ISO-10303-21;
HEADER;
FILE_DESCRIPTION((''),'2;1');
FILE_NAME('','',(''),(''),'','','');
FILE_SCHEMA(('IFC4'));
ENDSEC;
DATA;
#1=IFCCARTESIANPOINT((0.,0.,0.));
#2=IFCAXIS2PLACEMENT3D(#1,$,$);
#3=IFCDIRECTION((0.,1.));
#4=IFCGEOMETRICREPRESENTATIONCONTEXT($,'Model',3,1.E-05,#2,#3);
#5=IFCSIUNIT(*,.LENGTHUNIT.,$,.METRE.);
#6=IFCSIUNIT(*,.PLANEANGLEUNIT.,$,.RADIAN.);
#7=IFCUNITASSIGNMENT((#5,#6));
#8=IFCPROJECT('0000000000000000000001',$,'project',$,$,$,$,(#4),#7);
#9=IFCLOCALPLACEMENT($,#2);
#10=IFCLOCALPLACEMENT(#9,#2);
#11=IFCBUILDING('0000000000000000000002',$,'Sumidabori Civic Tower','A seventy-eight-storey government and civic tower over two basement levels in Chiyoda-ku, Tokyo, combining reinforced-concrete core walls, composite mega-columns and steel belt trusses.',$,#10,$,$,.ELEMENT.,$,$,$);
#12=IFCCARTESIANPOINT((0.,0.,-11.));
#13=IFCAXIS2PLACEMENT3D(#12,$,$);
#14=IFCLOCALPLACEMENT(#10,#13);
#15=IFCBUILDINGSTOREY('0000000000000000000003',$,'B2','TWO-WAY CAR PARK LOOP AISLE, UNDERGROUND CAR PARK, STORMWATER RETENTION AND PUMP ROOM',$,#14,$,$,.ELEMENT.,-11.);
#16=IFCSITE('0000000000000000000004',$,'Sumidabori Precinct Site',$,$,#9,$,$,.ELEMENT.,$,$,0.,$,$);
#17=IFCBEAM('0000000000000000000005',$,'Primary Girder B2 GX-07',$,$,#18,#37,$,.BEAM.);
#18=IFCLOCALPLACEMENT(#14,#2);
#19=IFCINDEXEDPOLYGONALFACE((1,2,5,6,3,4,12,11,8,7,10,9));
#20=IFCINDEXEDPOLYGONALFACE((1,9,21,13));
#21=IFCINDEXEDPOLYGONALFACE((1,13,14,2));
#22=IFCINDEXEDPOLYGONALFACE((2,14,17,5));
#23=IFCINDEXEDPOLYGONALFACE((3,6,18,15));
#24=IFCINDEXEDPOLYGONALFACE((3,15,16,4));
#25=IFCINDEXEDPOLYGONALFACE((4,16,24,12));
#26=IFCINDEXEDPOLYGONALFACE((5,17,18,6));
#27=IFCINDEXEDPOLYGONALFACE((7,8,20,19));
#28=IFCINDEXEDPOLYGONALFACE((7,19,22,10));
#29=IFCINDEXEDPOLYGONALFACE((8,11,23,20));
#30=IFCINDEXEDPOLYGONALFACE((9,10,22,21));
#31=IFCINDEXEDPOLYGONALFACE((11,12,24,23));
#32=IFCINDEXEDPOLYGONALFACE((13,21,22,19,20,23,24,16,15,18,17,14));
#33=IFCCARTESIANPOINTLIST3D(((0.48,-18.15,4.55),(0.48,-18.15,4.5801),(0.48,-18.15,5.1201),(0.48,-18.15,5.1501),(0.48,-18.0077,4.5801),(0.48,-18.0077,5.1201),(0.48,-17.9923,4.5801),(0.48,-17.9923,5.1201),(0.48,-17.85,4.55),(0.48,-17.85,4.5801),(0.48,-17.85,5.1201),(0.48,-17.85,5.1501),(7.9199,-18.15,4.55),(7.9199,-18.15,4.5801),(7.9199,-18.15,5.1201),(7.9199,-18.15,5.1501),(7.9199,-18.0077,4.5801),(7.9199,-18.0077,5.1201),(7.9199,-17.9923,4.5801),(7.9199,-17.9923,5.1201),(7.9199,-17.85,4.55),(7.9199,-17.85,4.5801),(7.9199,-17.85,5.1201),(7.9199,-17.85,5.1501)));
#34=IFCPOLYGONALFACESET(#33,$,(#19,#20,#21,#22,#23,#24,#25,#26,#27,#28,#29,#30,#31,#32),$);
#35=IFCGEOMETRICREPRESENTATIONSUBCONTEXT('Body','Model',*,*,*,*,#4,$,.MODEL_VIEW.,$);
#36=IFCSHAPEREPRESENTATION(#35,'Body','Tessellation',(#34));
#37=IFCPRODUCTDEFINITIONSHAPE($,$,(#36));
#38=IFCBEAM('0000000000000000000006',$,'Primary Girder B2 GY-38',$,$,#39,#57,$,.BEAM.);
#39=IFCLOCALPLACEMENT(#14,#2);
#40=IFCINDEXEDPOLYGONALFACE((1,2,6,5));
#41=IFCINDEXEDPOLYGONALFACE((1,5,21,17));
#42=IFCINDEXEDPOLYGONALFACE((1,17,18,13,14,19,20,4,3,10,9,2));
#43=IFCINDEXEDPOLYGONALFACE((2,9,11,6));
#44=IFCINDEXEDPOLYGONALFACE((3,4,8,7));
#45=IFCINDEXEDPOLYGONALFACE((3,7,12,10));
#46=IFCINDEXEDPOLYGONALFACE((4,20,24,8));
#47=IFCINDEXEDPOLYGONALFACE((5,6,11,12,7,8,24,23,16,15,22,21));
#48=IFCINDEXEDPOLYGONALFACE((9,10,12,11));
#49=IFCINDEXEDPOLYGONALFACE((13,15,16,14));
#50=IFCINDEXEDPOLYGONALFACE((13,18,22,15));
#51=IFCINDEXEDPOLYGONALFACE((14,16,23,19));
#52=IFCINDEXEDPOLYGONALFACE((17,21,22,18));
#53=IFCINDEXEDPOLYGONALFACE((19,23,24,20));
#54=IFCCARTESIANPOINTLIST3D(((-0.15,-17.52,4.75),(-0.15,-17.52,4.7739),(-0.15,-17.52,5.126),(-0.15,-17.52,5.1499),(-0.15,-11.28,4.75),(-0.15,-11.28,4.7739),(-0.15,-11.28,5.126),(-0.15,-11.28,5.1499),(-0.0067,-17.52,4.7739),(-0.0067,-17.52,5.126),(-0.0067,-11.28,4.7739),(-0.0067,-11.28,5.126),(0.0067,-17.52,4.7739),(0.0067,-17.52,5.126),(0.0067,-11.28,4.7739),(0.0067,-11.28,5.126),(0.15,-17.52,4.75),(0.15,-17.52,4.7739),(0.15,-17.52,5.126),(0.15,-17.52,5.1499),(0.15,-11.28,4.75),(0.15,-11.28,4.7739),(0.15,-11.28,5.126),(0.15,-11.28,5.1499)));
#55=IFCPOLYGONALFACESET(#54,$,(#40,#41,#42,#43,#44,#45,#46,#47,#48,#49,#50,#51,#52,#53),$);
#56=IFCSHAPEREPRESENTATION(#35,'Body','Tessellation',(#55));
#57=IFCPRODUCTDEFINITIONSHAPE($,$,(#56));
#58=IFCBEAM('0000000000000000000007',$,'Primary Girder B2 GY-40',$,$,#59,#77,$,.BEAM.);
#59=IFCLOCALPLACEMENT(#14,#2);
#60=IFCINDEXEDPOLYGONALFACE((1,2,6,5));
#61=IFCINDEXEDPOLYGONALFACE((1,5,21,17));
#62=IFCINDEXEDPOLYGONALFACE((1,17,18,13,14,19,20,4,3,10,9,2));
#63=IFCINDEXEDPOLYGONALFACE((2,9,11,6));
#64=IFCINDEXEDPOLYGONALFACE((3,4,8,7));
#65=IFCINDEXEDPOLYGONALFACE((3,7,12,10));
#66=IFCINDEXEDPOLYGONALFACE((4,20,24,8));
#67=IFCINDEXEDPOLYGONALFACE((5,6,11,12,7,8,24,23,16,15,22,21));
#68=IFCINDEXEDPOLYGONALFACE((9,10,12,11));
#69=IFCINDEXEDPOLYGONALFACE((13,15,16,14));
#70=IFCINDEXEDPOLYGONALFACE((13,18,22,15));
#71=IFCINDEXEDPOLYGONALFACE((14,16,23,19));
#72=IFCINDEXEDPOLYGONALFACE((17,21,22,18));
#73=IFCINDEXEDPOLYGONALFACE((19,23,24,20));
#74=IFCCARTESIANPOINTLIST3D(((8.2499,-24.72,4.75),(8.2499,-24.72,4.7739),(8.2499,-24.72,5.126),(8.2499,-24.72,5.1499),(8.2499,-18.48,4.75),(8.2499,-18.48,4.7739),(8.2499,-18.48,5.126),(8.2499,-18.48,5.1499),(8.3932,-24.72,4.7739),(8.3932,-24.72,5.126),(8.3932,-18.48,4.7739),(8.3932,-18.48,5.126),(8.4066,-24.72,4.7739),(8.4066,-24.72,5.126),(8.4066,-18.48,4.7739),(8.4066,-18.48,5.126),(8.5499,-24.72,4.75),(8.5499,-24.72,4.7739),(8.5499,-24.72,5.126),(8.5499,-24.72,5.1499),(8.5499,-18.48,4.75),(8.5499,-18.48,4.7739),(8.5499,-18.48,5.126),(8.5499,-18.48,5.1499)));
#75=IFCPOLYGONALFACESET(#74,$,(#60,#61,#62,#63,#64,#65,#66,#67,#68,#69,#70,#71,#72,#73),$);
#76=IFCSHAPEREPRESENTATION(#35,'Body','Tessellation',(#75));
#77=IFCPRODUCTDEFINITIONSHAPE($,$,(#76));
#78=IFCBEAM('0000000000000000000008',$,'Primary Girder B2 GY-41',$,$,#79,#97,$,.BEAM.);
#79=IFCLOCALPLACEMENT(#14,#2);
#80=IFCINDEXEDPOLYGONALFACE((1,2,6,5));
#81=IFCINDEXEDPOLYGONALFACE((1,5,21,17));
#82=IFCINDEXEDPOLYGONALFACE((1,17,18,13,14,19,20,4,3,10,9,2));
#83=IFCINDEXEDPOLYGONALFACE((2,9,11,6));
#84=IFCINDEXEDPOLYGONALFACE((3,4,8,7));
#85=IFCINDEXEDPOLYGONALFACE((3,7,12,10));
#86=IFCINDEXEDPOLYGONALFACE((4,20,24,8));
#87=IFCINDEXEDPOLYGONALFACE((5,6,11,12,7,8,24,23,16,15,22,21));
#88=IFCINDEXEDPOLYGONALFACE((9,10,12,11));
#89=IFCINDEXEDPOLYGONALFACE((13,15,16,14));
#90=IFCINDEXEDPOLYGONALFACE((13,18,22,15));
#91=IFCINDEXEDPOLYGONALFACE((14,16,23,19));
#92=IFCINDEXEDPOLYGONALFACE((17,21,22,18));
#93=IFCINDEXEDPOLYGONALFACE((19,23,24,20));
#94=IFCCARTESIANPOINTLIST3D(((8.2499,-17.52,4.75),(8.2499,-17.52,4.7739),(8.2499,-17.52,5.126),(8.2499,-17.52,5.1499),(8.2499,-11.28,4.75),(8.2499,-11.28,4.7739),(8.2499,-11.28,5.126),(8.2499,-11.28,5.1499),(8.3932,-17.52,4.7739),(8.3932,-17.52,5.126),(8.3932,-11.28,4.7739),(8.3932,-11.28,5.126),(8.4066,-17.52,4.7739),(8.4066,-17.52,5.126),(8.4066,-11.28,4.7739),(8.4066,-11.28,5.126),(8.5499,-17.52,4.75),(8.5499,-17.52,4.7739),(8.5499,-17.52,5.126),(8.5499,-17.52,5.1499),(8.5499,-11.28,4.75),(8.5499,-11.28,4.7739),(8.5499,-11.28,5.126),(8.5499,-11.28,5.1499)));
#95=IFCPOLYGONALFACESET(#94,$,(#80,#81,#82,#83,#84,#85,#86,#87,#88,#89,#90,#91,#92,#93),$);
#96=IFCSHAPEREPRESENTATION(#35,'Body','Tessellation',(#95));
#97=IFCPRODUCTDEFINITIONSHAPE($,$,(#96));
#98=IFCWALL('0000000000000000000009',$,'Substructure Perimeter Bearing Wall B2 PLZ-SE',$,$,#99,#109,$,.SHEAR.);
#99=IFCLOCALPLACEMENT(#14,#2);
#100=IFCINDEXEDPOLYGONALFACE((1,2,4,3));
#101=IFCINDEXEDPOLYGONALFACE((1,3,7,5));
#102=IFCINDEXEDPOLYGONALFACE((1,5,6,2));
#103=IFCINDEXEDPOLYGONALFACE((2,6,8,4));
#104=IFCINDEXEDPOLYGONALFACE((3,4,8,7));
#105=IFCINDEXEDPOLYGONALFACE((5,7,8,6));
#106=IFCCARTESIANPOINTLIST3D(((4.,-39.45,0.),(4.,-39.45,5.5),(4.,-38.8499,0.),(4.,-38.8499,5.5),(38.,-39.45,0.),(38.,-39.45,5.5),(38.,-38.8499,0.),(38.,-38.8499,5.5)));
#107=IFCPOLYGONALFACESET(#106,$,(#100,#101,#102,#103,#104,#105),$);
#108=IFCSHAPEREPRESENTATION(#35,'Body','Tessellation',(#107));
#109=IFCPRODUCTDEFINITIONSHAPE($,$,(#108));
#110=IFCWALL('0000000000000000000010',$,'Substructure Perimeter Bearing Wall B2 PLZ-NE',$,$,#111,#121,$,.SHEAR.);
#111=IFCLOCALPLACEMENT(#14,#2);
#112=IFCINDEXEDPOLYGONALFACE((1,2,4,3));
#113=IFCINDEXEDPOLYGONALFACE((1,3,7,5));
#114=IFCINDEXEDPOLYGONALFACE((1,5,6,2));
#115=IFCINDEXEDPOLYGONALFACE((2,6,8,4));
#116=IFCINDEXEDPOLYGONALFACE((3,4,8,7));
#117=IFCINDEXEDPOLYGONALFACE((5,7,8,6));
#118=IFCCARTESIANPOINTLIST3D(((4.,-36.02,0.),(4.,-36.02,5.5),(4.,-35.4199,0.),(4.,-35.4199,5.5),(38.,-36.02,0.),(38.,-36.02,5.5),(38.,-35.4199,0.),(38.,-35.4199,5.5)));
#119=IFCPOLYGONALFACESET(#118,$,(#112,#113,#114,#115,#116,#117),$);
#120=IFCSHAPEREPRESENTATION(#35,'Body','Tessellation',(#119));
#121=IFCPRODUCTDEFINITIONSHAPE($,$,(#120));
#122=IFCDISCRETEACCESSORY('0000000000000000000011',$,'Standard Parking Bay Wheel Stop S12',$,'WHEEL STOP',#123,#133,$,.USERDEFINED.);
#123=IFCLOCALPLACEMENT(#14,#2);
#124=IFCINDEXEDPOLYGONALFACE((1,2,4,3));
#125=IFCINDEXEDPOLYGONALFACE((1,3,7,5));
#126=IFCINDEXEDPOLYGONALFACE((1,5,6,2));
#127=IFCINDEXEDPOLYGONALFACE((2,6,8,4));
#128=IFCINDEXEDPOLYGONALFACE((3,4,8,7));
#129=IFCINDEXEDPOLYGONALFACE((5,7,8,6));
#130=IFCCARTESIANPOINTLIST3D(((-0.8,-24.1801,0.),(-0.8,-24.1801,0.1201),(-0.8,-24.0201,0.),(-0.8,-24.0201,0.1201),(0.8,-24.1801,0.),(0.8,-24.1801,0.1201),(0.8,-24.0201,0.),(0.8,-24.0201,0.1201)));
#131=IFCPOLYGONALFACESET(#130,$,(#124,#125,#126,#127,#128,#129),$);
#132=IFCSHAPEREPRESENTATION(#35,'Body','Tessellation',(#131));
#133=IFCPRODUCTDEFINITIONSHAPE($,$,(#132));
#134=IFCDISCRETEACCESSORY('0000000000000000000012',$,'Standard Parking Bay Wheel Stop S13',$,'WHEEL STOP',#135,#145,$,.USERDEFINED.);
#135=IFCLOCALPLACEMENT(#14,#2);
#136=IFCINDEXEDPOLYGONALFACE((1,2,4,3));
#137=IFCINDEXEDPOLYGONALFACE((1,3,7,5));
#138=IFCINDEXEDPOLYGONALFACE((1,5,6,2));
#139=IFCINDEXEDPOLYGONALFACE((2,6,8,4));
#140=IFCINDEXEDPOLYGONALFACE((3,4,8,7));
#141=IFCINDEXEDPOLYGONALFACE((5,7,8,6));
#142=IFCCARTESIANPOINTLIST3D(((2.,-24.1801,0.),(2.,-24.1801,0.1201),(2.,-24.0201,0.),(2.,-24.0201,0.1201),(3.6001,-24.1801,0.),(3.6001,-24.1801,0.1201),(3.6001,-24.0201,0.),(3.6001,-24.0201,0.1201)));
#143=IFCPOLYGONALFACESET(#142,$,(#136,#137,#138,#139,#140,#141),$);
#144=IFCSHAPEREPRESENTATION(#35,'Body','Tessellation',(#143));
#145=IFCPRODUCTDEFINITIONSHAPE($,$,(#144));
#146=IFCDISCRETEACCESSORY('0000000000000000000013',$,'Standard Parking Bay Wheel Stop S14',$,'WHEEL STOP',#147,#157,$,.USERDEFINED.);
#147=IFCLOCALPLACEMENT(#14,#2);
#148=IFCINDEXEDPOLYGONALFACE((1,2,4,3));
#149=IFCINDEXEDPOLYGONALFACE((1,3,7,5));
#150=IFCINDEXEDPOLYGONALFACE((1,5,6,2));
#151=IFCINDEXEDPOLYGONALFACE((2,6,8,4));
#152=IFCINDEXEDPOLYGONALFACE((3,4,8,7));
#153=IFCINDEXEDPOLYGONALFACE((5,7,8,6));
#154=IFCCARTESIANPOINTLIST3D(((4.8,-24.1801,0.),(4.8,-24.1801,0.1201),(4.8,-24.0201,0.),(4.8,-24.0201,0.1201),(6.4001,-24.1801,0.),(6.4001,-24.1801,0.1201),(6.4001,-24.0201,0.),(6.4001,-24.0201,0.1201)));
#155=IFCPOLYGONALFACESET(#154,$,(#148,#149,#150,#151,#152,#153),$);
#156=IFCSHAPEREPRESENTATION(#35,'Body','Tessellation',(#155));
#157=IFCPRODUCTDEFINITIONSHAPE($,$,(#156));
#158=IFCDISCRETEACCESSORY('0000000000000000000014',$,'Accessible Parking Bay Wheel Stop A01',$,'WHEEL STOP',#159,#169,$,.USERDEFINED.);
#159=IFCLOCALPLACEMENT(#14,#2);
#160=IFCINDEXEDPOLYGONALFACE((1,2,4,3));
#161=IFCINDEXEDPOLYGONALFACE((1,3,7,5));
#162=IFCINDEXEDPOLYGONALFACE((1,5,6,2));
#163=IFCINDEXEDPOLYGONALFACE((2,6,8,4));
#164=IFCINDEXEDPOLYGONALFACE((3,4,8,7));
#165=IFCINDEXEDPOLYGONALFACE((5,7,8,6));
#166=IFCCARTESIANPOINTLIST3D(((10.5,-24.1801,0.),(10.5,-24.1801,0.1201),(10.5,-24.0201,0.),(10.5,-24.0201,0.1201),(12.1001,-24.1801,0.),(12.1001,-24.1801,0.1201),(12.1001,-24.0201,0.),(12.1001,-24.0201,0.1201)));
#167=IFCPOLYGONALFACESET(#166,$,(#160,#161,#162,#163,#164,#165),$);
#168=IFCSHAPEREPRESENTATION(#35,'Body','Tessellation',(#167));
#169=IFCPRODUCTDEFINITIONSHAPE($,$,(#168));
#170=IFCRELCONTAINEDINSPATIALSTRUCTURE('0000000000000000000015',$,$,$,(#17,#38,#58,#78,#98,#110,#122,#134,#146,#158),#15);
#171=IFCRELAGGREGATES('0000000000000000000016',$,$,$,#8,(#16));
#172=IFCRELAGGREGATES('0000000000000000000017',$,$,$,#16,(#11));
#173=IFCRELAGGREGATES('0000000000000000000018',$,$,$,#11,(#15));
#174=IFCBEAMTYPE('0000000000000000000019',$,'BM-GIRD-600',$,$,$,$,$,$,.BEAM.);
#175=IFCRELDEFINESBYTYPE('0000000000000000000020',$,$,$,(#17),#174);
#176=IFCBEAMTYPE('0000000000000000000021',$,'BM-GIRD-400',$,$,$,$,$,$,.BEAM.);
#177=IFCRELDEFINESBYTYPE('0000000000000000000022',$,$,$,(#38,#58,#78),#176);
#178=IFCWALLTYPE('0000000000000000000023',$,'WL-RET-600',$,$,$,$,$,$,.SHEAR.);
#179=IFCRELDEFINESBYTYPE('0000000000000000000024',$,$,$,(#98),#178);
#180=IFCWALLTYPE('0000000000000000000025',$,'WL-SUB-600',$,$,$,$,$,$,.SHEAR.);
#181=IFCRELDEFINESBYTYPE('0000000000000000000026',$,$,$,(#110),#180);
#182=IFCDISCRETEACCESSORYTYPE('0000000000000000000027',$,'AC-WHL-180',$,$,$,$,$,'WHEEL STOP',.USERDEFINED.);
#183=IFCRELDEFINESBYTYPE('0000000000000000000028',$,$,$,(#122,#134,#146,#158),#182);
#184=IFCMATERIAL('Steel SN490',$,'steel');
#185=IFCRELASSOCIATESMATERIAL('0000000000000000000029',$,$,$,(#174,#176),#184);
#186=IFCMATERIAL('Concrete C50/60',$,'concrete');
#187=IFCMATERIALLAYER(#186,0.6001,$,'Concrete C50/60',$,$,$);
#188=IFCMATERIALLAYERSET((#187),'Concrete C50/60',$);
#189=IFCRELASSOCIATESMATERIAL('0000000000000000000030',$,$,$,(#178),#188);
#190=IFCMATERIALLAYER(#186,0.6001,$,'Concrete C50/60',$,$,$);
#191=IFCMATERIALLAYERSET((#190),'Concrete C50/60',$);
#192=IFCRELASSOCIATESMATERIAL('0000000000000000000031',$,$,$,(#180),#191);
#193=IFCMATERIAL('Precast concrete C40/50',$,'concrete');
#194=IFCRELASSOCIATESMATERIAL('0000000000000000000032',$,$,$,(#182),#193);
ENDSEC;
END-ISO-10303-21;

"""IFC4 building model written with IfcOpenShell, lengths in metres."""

from ifc_helpers import new_model, si_unit, direction, frame, frame_2d, origin, origin_2d, place, context, subcontext, project, spatial, rectangle, i_section, extrude, source, transform, mapped, material, layer, layer_set, material_profile, profile_set, type_object, element, save


model = new_model("IFC4")

# Units and contexts
model_context = context("Model", 3, precision=1e-05, world=origin(), true_north=direction((0.0, 1.0)))
body_context = subcontext(model_context, "Body", "Model", "MODEL_VIEW")
ifc_project = project(units=[si_unit("LENGTHUNIT", "METRE"), si_unit("PLANEANGLEUNIT", "RADIAN")], contexts=[model_context])

# Site, building, storey
site_placement = place(None, origin())
site = spatial("IfcSite", under=ifc_project, at=site_placement, Name="Sumidabori Precinct Site", CompositionType="ELEMENT", RefElevation=0.0)
building_placement = place(site_placement, origin())
building = spatial("IfcBuilding", under=site, at=building_placement, Name="Sumidabori Civic Tower", Description="A seventy-eight-storey government and civic tower over two basement levels in Chiyoda-ku, Tokyo, combining reinforced-concrete core walls, composite mega-columns and steel belt trusses.", CompositionType="ELEMENT")
storey_placement = place(building_placement, frame((0.0, 0.0, -11.0)))
storey = spatial("IfcBuildingStorey", under=building, at=storey_placement, Name="B2", Description="TWO-WAY CAR PARK LOOP AISLE, UNDERGROUND CAR PARK, STORMWATER RETENTION AND PUMP ROOM", CompositionType="ELEMENT", Elevation=-11.0)

# Shared definitions
ifc_material_1 = material(Name="Concrete C50/60", Category="concrete")

# Beams
ifc_material_2 = material(Name="Steel SN490", Category="steel")
ifc_material_profile_1 = material_profile(ifc_material_2, i_section(OverallWidth=0.3, OverallDepth=0.6001, WebThickness=0.0154, FlangeThickness=0.03, at=origin_2d()), Name="HE 600 B")
ifc_profile_set_1 = profile_set([ifc_material_profile_1], Name="Steel SN490")
beam_type_1 = type_object("IfcBeamType", Name="BM-GIRD-600", PredefinedType="BEAM", material=ifc_profile_set_1)
shared_shape_1 = source(origin(), body_context, "Body", "SweptSolid", [
    extrude(i_section(OverallWidth=0.3, OverallDepth=0.6001, WebThickness=0.0154, FlangeThickness=0.03, at=origin_2d()), origin(), (0.0, 0.0, 1.0), 7.4399),
])
beam_1_placement = place(storey_placement, frame((0.48, -18.0, 4.8501), z_axis=(1.0, 0.0, 0.0), x_axis=(0.0, 1.0, 0.0)))
element("IfcBeam", 1, at=beam_1_placement, inside=storey, type_object=beam_type_1, Name="Primary Girder B2 GX-07", PredefinedType="BEAM", context=body_context, shape_type="MappedRepresentation", body=[
    mapped(shared_shape_1, transform((0.0, 0.0, 0.0), x_axis=(1.0, 0.0, 0.0), y_axis=(0.0, 1.0, 0.0), z_axis=(0.0, 0.0, 1.0), scale=1.0)),
])
ifc_material_profile_2 = material_profile(ifc_material_2, i_section(OverallWidth=0.3, OverallDepth=0.3999, WebThickness=0.0134, FlangeThickness=0.0239, at=origin_2d()), Name="HE 400 B")
ifc_profile_set_2 = profile_set([ifc_material_profile_2], Name="Steel SN490")
beam_type_2 = type_object("IfcBeamType", Name="BM-GIRD-400", PredefinedType="BEAM", material=ifc_profile_set_2)
shared_shape_2 = source(origin(), body_context, "Body", "SweptSolid", [
    extrude(i_section(OverallWidth=0.3, OverallDepth=0.3999, WebThickness=0.0134, FlangeThickness=0.0239, at=origin_2d()), origin(), (0.0, 0.0, 1.0), 6.24),
])
for number, where, z_axis, x_axis, name in (
    (2, (0.0, -17.52, 4.95), (0.0, 1.0, 0.0), (-1.0, 0.0, 0.0), "Primary Girder B2 GY-38"),
    (3, (8.3999, -24.72, 4.95), (0.0, 1.0, 0.0), (-1.0, 0.0, 0.0), "Primary Girder B2 GY-40"),
    (4, (8.3999, -17.52, 4.95), (0.0, 1.0, 0.0), (-1.0, 0.0, 0.0), "Primary Girder B2 GY-41"),
):
    element("IfcBeam", number, at=place(storey_placement, frame(where, z_axis=z_axis, x_axis=x_axis)), inside=storey, type_object=beam_type_2, Name=name, PredefinedType="BEAM", context=body_context, shape_type="MappedRepresentation", body=[
        mapped(shared_shape_2, transform((0.0, 0.0, 0.0), x_axis=(1.0, 0.0, 0.0), y_axis=(0.0, 1.0, 0.0), z_axis=(0.0, 0.0, 1.0), scale=1.0)),
    ])

# Walls
ifc_layer_1 = layer(ifc_material_1, 0.6001, Name="Concrete C50/60")
ifc_layer_set_1 = layer_set([ifc_layer_1], Name="Concrete C50/60")
wall_type_1 = type_object("IfcWallType", Name="WL-RET-600", PredefinedType="SHEAR", material=ifc_layer_set_1)
shared_shape_3 = source(origin(), body_context, "Body", "SweptSolid", [
    extrude(rectangle(XDim=34.0, YDim=0.6001, at=frame_2d((17.0, 0.0))), origin(), (0.0, 0.0, 1.0), 5.5),
])
wall_1_placement = place(storey_placement, frame((4.0, -39.1499, 0.0), z_axis=(0.0, 0.0, 1.0), x_axis=(1.0, 0.0, 0.0)))
element("IfcWall", 5, at=wall_1_placement, inside=storey, type_object=wall_type_1, Name="Substructure Perimeter Bearing Wall B2 PLZ-SE", PredefinedType="SHEAR", context=body_context, shape_type="MappedRepresentation", body=[
    mapped(shared_shape_3, transform((0.0, 0.0, 0.0), x_axis=(1.0, 0.0, 0.0), y_axis=(0.0, 1.0, 0.0), z_axis=(0.0, 0.0, 1.0), scale=1.0)),
])
ifc_layer_2 = layer(ifc_material_1, 0.6001, Name="Concrete C50/60")
ifc_layer_set_2 = layer_set([ifc_layer_2], Name="Concrete C50/60")
wall_type_2 = type_object("IfcWallType", Name="WL-SUB-600", PredefinedType="SHEAR", material=ifc_layer_set_2)
wall_2_placement = place(storey_placement, frame((4.0, -35.72, 0.0), z_axis=(0.0, 0.0, 1.0), x_axis=(1.0, 0.0, 0.0)))
element("IfcWall", 6, at=wall_2_placement, inside=storey, type_object=wall_type_2, Name="Substructure Perimeter Bearing Wall B2 PLZ-NE", PredefinedType="SHEAR", context=body_context, shape_type="MappedRepresentation", body=[
    mapped(shared_shape_3, transform((0.0, 0.0, 0.0), x_axis=(1.0, 0.0, 0.0), y_axis=(0.0, 1.0, 0.0), z_axis=(0.0, 0.0, 1.0), scale=1.0)),
])

# Discrete accessories
ifc_material_3 = material(Name="Precast concrete C40/50", Category="concrete")
discrete_accessory_type = type_object("IfcDiscreteAccessoryType", Name="AC-WHL-180", ElementType="WHEEL STOP", PredefinedType="USERDEFINED", material=ifc_material_3)
shared_shape_4 = source(origin(), body_context, "Body", "SweptSolid", [
    extrude(rectangle(XDim=1.6001, YDim=0.1599, at=origin_2d()), origin(), (0.0, 0.0, 1.0), 0.1201),
])
for number, where, z_axis, x_axis, name in (
    (7, (0.0, -24.1001, 0.0), (0.0, 0.0, 1.0), (1.0, 0.0, 0.0), "Standard Parking Bay Wheel Stop S12"),
    (8, (2.8, -24.1001, 0.0), (0.0, 0.0, 1.0), (1.0, 0.0, 0.0), "Standard Parking Bay Wheel Stop S13"),
    (9, (5.6001, -24.1001, 0.0), (0.0, 0.0, 1.0), (1.0, 0.0, 0.0), "Standard Parking Bay Wheel Stop S14"),
    (10, (11.3, -24.1001, 0.0), (0.0, 0.0, 1.0), (1.0, 0.0, 0.0), "Accessible Parking Bay Wheel Stop A01"),
):
    element("IfcDiscreteAccessory", number, at=place(storey_placement, frame(where, z_axis=z_axis, x_axis=x_axis)), inside=storey, type_object=discrete_accessory_type, Name=name, ObjectType="WHEEL STOP", PredefinedType="USERDEFINED", context=body_context, shape_type="MappedRepresentation", body=[
        mapped(shared_shape_4, transform((0.0, 0.0, 0.0), x_axis=(1.0, 0.0, 0.0), y_axis=(0.0, 1.0, 0.0), z_axis=(0.0, 0.0, 1.0), scale=1.0)),
    ])

save(model, "model.ifc")
